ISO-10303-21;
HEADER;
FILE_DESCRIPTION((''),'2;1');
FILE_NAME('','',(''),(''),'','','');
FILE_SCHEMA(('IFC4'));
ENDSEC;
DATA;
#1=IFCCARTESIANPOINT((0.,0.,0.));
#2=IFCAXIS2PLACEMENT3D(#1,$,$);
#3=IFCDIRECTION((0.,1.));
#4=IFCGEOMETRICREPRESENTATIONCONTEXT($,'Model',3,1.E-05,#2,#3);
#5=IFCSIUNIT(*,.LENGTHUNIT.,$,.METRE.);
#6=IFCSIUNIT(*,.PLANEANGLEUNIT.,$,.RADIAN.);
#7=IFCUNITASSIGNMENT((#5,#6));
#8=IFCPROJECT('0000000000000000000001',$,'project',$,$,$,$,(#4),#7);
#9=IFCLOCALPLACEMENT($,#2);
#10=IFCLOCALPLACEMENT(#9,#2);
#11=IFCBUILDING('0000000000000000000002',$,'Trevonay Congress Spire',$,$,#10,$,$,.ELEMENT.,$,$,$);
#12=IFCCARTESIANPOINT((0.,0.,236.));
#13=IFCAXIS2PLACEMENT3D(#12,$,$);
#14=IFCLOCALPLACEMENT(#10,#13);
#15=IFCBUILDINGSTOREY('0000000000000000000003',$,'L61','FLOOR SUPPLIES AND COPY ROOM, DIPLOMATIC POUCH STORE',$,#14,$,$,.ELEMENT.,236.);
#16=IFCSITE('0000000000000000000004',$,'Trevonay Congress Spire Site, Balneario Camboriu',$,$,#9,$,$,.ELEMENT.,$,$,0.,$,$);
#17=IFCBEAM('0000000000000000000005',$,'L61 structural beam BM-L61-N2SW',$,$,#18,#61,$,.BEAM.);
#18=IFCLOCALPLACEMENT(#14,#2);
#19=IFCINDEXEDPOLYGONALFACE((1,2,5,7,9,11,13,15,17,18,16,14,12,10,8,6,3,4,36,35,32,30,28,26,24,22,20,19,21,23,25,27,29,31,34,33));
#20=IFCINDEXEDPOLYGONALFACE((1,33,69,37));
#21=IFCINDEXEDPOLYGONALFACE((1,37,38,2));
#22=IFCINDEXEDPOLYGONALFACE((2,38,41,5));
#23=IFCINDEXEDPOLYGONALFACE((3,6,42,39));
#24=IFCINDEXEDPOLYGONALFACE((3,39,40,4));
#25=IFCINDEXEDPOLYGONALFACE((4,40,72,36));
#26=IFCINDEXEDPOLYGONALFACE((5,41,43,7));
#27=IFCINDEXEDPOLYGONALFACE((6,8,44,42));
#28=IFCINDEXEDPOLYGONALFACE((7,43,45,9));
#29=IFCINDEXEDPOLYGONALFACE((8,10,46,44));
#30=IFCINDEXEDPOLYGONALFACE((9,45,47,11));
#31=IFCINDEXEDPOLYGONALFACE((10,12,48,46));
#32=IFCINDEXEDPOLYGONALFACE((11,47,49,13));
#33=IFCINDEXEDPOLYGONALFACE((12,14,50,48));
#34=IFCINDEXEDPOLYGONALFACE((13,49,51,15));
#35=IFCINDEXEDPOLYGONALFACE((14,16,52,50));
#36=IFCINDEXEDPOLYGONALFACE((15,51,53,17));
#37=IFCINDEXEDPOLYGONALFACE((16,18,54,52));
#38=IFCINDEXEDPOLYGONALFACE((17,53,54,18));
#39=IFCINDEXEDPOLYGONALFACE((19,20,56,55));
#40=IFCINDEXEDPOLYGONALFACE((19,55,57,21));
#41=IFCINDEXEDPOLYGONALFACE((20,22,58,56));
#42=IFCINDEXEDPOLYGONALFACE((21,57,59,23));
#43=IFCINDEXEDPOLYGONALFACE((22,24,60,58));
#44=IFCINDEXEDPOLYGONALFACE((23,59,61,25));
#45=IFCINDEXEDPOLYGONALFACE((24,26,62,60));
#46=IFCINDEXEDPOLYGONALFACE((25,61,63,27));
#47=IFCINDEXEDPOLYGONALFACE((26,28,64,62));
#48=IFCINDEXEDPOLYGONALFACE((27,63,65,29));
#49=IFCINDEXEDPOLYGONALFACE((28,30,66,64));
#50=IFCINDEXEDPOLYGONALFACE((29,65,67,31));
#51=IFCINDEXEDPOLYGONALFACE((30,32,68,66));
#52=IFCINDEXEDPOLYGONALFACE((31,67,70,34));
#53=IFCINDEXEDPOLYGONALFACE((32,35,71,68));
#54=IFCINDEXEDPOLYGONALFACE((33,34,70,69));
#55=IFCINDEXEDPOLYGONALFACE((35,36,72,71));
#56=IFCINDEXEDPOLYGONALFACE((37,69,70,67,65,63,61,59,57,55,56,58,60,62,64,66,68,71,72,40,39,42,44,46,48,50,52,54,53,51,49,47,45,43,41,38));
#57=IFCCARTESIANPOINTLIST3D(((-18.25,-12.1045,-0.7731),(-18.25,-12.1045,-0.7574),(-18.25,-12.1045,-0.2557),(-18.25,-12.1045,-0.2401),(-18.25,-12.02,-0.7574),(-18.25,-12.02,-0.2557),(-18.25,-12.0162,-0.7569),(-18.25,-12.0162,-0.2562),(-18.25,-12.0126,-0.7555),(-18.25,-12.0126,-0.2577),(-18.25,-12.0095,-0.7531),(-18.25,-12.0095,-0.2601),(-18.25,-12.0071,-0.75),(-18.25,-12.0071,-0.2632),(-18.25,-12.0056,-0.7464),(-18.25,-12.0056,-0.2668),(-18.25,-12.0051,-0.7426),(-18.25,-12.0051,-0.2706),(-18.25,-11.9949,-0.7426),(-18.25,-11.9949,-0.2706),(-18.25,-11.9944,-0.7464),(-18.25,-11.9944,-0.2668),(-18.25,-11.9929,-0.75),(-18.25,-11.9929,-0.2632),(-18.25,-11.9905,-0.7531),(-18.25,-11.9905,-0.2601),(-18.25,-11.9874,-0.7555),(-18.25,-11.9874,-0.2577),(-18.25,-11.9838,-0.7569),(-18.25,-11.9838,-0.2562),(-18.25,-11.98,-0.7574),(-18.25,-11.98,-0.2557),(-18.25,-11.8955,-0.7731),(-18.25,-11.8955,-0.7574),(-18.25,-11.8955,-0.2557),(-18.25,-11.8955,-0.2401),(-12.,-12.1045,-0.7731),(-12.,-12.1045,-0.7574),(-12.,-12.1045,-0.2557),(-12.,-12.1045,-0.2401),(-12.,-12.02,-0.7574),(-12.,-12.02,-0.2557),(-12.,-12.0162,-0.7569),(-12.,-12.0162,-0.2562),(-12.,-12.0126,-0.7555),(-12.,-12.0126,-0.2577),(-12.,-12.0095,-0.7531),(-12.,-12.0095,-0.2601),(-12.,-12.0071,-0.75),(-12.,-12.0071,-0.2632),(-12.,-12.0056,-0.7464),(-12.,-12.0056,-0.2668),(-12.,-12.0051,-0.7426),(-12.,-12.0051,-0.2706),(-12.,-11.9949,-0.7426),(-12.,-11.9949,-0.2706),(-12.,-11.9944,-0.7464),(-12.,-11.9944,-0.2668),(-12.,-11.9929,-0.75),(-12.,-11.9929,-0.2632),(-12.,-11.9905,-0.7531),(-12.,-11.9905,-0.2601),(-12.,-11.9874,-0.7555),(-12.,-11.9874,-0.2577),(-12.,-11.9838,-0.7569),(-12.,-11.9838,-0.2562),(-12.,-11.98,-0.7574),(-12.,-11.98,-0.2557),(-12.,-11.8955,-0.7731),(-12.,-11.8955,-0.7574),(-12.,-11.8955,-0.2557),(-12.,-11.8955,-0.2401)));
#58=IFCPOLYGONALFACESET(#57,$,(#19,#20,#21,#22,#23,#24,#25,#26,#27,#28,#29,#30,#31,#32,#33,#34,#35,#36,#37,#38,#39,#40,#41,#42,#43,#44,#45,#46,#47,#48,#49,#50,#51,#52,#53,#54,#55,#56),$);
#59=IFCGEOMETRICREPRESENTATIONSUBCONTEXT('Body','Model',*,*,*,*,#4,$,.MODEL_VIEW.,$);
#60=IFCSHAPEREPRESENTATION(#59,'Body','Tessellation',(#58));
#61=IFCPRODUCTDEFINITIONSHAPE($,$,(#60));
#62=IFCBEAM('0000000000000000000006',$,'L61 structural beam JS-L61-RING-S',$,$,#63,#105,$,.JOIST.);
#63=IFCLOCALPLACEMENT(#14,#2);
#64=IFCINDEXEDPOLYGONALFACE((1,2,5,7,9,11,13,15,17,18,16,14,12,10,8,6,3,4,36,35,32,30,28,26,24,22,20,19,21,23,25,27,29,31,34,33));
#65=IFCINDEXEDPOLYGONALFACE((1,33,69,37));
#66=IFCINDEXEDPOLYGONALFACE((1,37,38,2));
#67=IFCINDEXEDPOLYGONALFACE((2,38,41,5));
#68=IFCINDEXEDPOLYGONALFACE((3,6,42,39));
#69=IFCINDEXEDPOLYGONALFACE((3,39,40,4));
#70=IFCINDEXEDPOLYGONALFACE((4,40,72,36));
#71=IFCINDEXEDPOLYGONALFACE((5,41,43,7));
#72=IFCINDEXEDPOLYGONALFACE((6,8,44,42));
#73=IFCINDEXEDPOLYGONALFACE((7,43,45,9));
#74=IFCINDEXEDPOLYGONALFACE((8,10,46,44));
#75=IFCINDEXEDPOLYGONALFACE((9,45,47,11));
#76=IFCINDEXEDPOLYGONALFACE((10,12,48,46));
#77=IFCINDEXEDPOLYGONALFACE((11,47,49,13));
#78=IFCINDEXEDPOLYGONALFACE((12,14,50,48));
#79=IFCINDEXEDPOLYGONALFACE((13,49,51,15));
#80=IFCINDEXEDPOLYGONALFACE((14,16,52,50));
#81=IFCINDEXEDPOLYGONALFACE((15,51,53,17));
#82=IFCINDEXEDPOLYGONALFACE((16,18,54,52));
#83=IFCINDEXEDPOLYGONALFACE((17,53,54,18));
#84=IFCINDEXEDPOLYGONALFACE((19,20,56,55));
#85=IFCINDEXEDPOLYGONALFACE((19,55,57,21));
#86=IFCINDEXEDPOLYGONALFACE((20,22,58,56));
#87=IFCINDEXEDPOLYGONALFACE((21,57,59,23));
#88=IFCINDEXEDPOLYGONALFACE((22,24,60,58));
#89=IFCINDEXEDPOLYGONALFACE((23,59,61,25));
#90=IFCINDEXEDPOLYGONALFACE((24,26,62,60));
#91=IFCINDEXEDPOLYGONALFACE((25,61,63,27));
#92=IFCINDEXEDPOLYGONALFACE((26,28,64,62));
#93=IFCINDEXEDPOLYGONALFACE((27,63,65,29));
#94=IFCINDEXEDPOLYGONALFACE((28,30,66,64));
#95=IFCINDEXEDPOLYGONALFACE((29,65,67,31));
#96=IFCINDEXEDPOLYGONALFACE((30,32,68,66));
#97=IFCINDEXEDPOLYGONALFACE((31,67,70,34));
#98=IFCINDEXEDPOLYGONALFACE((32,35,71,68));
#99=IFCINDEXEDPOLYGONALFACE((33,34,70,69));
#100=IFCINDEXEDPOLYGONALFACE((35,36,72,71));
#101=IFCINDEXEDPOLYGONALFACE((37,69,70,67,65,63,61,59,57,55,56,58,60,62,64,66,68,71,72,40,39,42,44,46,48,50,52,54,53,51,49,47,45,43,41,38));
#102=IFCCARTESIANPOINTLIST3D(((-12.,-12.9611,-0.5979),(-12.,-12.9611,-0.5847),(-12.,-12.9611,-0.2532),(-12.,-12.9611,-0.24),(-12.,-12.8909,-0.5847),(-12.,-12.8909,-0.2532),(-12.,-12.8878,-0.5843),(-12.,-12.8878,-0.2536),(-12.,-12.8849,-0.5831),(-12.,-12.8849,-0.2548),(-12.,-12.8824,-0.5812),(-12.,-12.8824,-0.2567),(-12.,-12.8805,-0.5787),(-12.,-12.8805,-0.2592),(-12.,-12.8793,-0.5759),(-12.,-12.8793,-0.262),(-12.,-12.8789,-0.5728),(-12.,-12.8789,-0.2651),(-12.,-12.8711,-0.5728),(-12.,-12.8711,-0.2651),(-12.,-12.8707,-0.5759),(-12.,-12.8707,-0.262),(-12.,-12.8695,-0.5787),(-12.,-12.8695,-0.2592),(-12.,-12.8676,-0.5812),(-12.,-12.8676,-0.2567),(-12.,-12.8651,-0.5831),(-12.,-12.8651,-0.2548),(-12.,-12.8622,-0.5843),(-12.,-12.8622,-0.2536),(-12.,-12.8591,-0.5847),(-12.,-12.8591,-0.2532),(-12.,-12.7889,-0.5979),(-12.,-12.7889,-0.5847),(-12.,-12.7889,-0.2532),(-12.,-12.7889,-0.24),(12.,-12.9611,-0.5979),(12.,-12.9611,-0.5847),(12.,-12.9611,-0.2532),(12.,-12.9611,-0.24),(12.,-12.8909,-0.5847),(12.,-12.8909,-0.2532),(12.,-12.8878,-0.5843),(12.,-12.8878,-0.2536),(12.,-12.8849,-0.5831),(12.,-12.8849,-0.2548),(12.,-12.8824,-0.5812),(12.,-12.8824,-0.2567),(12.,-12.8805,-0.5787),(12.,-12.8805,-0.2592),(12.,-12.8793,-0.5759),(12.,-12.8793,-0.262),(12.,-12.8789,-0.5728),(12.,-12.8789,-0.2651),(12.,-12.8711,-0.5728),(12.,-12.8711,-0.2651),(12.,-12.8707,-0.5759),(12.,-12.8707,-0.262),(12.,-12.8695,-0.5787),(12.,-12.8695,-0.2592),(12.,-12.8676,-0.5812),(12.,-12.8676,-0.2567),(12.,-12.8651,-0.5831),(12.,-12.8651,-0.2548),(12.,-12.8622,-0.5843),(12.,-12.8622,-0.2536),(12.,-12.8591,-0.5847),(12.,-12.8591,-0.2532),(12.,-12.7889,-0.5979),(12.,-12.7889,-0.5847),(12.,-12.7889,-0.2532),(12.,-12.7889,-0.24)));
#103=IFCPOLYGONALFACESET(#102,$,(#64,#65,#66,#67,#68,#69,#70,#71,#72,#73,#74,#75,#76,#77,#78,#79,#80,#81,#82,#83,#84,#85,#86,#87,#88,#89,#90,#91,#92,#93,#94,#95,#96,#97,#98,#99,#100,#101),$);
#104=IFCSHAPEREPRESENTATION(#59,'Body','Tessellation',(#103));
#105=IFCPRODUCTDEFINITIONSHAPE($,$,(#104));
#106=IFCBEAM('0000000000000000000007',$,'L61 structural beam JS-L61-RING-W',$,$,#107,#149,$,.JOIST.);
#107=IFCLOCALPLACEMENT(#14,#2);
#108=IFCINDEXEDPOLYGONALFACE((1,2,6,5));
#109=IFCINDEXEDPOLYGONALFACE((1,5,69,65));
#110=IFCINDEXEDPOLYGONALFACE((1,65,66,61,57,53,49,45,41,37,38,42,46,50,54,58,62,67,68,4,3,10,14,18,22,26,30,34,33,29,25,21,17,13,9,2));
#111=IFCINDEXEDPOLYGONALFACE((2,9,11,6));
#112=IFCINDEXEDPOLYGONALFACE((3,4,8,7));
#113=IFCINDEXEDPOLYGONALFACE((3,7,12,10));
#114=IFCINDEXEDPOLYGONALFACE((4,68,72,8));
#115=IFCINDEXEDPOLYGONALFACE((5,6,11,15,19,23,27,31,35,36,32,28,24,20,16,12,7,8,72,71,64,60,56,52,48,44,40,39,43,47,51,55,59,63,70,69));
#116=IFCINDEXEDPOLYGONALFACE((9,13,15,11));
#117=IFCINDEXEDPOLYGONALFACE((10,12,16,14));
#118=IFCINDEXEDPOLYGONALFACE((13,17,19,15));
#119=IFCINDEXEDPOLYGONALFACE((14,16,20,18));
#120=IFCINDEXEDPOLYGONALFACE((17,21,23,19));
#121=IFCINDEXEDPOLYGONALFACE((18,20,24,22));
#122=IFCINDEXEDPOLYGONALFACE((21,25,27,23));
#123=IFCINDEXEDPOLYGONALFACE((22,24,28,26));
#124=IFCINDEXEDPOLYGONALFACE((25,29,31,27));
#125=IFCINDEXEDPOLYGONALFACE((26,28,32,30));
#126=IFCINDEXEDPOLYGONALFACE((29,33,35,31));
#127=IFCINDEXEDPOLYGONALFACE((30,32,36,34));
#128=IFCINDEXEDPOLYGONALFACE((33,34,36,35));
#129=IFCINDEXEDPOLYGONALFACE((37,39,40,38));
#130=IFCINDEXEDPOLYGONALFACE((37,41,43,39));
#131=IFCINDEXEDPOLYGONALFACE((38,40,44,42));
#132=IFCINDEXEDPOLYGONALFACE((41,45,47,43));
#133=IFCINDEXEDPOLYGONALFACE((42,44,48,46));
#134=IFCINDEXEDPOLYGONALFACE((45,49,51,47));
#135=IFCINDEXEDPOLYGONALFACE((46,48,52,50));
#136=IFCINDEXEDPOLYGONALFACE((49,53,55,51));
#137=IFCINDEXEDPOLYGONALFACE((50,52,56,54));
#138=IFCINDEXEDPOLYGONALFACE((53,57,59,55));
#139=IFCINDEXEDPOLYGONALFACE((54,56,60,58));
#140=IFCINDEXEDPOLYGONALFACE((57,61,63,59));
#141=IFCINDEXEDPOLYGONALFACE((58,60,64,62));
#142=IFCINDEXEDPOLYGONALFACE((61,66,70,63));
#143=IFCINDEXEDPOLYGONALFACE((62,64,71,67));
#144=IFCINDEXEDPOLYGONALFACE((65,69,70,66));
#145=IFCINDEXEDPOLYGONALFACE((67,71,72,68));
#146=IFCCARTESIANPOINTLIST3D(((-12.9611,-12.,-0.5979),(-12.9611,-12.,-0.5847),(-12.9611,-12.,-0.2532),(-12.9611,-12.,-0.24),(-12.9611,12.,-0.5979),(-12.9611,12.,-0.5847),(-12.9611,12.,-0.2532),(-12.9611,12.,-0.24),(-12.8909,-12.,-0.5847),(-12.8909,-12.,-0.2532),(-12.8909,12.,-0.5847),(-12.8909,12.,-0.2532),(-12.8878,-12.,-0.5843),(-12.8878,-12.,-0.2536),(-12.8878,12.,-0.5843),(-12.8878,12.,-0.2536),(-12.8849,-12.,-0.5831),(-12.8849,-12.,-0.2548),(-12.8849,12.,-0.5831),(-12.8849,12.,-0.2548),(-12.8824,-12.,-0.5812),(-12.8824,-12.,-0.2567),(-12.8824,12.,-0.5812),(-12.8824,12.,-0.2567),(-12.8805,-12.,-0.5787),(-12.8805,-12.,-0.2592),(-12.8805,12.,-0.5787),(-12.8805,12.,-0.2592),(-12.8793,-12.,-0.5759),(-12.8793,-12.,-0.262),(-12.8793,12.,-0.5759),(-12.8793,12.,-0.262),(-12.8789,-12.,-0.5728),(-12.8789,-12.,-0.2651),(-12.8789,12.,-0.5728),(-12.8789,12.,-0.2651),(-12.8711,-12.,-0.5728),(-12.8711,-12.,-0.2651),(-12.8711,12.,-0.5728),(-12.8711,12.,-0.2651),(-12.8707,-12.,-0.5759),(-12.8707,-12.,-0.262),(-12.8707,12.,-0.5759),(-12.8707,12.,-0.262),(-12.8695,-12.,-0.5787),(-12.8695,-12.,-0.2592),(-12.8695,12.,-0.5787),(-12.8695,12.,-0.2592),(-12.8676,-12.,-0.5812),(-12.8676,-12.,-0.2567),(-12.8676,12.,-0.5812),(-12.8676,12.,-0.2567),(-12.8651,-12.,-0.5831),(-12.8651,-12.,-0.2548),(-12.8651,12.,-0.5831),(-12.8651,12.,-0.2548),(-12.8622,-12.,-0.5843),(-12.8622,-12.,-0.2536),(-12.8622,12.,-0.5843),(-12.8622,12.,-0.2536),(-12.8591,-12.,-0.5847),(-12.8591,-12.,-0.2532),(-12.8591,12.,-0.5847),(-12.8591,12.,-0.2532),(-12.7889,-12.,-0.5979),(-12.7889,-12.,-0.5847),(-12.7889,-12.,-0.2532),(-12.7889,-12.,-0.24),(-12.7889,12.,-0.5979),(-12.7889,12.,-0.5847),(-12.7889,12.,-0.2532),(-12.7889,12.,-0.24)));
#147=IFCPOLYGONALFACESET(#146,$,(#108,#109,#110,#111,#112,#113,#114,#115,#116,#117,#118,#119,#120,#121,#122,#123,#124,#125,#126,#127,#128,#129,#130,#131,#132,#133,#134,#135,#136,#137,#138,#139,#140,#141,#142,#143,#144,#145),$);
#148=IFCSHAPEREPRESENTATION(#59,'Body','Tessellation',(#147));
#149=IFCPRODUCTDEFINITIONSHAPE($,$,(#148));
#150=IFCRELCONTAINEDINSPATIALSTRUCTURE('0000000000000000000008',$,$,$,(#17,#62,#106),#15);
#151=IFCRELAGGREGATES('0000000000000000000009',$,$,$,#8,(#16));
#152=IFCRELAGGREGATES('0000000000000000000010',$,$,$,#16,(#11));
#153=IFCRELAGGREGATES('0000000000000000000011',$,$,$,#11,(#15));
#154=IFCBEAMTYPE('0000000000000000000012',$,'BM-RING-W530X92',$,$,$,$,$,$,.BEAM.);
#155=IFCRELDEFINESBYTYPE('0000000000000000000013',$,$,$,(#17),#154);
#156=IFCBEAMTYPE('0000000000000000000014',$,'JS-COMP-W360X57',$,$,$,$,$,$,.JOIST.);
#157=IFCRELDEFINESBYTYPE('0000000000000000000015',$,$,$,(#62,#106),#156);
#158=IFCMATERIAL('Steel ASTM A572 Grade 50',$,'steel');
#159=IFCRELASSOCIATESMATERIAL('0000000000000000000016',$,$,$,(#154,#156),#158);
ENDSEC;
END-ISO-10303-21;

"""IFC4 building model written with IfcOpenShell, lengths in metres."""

from ifc_helpers import new_model, si_unit, direction, frame, origin, origin_2d, place, context, subcontext, project, spatial, i_section, extrude, material, material_profile, profile_set, type_object, element, save


model = new_model("IFC4")

# Units and contexts
model_context = context("Model", 3, precision=1e-05, world=origin(), true_north=direction((0.0, 1.0)))
body_context = subcontext(model_context, "Body", "Model", "MODEL_VIEW")
ifc_project = project(units=[si_unit("LENGTHUNIT", "METRE"), si_unit("PLANEANGLEUNIT", "RADIAN")], contexts=[model_context])

# Site, building, storey
site_placement = place(None, origin())
site = spatial("IfcSite", under=ifc_project, at=site_placement, Name="Trevonay Congress Spire Site, Balneario Camboriu", CompositionType="ELEMENT", RefElevation=0.0)
building_placement = place(site_placement, origin())
building = spatial("IfcBuilding", under=site, at=building_placement, Name="Trevonay Congress Spire", CompositionType="ELEMENT")
storey_placement = place(building_placement, frame((0.0, 0.0, 236.0)))
storey = spatial("IfcBuildingStorey", under=building, at=storey_placement, Name="L61", Description="FLOOR SUPPLIES AND COPY ROOM, DIPLOMATIC POUCH STORE", CompositionType="ELEMENT", Elevation=236.0)

# Shared definitions
ifc_material_1 = material(Name="Steel ASTM A572 Grade 50", Category="steel")

# Beams
ifc_material_profile_1 = material_profile(ifc_material_1, i_section(OverallWidth=0.209, OverallDepth=0.533, WebThickness=0.0103, FlangeThickness=0.0156, FilletRadius=0.0149, at=origin_2d()), Name="W530x92")
ifc_profile_set_1 = profile_set([ifc_material_profile_1], Name="Steel ASTM A572 Grade 50")
beam_type_1 = type_object("IfcBeamType", Name="BM-RING-W530X92", PredefinedType="BEAM", material=ifc_profile_set_1)
for number, where, z_axis, x_axis, name in (
    (1, (-18.25, -12.0, -0.5066), (1.0, 0.0, 0.0), (0.0, 1.0, 0.0), "L61 structural beam BM-L61-N2SW"),
):
    element("IfcBeam", number, at=place(storey_placement, frame(where, z_axis=z_axis, x_axis=x_axis)), inside=storey, type_object=beam_type_1, Name=name, PredefinedType="BEAM", context=body_context, shape_type="SweptSolid", body=[
        extrude(i_section(OverallWidth=0.209, OverallDepth=0.533, WebThickness=0.0103, FlangeThickness=0.0156, FilletRadius=0.0149, at=origin_2d()), origin(), (0.0, 0.0, 1.0), 6.25),
    ])
ifc_material_profile_2 = material_profile(ifc_material_1, i_section(OverallWidth=0.1721, OverallDepth=0.3579, WebThickness=0.0078, FlangeThickness=0.0132, FilletRadius=0.012, at=origin_2d()), Name="W360x57.8")
ifc_profile_set_2 = profile_set([ifc_material_profile_2], Name="Steel ASTM A572 Grade 50")
beam_type_2 = type_object("IfcBeamType", Name="JS-COMP-W360X57", PredefinedType="JOIST", material=ifc_profile_set_2)
for number, where, z_axis, x_axis, name in (
    (2, (-12.0, -12.875, -0.4189), (1.0, 0.0, 0.0), (0.0, 1.0, 0.0), "L61 structural beam JS-L61-RING-S"),
    (3, (-12.875, -12.0, -0.4189), (0.0, 1.0, 0.0), (-1.0, 0.0, 0.0), "L61 structural beam JS-L61-RING-W"),
):
    element("IfcBeam", number, at=place(storey_placement, frame(where, z_axis=z_axis, x_axis=x_axis)), inside=storey, type_object=beam_type_2, Name=name, PredefinedType="JOIST", context=body_context, shape_type="SweptSolid", body=[
        extrude(i_section(OverallWidth=0.1721, OverallDepth=0.3579, WebThickness=0.0078, FlangeThickness=0.0132, FilletRadius=0.012, at=origin_2d()), origin(), (0.0, 0.0, 1.0), 24.0),
    ])

save(model, "model.ifc")
